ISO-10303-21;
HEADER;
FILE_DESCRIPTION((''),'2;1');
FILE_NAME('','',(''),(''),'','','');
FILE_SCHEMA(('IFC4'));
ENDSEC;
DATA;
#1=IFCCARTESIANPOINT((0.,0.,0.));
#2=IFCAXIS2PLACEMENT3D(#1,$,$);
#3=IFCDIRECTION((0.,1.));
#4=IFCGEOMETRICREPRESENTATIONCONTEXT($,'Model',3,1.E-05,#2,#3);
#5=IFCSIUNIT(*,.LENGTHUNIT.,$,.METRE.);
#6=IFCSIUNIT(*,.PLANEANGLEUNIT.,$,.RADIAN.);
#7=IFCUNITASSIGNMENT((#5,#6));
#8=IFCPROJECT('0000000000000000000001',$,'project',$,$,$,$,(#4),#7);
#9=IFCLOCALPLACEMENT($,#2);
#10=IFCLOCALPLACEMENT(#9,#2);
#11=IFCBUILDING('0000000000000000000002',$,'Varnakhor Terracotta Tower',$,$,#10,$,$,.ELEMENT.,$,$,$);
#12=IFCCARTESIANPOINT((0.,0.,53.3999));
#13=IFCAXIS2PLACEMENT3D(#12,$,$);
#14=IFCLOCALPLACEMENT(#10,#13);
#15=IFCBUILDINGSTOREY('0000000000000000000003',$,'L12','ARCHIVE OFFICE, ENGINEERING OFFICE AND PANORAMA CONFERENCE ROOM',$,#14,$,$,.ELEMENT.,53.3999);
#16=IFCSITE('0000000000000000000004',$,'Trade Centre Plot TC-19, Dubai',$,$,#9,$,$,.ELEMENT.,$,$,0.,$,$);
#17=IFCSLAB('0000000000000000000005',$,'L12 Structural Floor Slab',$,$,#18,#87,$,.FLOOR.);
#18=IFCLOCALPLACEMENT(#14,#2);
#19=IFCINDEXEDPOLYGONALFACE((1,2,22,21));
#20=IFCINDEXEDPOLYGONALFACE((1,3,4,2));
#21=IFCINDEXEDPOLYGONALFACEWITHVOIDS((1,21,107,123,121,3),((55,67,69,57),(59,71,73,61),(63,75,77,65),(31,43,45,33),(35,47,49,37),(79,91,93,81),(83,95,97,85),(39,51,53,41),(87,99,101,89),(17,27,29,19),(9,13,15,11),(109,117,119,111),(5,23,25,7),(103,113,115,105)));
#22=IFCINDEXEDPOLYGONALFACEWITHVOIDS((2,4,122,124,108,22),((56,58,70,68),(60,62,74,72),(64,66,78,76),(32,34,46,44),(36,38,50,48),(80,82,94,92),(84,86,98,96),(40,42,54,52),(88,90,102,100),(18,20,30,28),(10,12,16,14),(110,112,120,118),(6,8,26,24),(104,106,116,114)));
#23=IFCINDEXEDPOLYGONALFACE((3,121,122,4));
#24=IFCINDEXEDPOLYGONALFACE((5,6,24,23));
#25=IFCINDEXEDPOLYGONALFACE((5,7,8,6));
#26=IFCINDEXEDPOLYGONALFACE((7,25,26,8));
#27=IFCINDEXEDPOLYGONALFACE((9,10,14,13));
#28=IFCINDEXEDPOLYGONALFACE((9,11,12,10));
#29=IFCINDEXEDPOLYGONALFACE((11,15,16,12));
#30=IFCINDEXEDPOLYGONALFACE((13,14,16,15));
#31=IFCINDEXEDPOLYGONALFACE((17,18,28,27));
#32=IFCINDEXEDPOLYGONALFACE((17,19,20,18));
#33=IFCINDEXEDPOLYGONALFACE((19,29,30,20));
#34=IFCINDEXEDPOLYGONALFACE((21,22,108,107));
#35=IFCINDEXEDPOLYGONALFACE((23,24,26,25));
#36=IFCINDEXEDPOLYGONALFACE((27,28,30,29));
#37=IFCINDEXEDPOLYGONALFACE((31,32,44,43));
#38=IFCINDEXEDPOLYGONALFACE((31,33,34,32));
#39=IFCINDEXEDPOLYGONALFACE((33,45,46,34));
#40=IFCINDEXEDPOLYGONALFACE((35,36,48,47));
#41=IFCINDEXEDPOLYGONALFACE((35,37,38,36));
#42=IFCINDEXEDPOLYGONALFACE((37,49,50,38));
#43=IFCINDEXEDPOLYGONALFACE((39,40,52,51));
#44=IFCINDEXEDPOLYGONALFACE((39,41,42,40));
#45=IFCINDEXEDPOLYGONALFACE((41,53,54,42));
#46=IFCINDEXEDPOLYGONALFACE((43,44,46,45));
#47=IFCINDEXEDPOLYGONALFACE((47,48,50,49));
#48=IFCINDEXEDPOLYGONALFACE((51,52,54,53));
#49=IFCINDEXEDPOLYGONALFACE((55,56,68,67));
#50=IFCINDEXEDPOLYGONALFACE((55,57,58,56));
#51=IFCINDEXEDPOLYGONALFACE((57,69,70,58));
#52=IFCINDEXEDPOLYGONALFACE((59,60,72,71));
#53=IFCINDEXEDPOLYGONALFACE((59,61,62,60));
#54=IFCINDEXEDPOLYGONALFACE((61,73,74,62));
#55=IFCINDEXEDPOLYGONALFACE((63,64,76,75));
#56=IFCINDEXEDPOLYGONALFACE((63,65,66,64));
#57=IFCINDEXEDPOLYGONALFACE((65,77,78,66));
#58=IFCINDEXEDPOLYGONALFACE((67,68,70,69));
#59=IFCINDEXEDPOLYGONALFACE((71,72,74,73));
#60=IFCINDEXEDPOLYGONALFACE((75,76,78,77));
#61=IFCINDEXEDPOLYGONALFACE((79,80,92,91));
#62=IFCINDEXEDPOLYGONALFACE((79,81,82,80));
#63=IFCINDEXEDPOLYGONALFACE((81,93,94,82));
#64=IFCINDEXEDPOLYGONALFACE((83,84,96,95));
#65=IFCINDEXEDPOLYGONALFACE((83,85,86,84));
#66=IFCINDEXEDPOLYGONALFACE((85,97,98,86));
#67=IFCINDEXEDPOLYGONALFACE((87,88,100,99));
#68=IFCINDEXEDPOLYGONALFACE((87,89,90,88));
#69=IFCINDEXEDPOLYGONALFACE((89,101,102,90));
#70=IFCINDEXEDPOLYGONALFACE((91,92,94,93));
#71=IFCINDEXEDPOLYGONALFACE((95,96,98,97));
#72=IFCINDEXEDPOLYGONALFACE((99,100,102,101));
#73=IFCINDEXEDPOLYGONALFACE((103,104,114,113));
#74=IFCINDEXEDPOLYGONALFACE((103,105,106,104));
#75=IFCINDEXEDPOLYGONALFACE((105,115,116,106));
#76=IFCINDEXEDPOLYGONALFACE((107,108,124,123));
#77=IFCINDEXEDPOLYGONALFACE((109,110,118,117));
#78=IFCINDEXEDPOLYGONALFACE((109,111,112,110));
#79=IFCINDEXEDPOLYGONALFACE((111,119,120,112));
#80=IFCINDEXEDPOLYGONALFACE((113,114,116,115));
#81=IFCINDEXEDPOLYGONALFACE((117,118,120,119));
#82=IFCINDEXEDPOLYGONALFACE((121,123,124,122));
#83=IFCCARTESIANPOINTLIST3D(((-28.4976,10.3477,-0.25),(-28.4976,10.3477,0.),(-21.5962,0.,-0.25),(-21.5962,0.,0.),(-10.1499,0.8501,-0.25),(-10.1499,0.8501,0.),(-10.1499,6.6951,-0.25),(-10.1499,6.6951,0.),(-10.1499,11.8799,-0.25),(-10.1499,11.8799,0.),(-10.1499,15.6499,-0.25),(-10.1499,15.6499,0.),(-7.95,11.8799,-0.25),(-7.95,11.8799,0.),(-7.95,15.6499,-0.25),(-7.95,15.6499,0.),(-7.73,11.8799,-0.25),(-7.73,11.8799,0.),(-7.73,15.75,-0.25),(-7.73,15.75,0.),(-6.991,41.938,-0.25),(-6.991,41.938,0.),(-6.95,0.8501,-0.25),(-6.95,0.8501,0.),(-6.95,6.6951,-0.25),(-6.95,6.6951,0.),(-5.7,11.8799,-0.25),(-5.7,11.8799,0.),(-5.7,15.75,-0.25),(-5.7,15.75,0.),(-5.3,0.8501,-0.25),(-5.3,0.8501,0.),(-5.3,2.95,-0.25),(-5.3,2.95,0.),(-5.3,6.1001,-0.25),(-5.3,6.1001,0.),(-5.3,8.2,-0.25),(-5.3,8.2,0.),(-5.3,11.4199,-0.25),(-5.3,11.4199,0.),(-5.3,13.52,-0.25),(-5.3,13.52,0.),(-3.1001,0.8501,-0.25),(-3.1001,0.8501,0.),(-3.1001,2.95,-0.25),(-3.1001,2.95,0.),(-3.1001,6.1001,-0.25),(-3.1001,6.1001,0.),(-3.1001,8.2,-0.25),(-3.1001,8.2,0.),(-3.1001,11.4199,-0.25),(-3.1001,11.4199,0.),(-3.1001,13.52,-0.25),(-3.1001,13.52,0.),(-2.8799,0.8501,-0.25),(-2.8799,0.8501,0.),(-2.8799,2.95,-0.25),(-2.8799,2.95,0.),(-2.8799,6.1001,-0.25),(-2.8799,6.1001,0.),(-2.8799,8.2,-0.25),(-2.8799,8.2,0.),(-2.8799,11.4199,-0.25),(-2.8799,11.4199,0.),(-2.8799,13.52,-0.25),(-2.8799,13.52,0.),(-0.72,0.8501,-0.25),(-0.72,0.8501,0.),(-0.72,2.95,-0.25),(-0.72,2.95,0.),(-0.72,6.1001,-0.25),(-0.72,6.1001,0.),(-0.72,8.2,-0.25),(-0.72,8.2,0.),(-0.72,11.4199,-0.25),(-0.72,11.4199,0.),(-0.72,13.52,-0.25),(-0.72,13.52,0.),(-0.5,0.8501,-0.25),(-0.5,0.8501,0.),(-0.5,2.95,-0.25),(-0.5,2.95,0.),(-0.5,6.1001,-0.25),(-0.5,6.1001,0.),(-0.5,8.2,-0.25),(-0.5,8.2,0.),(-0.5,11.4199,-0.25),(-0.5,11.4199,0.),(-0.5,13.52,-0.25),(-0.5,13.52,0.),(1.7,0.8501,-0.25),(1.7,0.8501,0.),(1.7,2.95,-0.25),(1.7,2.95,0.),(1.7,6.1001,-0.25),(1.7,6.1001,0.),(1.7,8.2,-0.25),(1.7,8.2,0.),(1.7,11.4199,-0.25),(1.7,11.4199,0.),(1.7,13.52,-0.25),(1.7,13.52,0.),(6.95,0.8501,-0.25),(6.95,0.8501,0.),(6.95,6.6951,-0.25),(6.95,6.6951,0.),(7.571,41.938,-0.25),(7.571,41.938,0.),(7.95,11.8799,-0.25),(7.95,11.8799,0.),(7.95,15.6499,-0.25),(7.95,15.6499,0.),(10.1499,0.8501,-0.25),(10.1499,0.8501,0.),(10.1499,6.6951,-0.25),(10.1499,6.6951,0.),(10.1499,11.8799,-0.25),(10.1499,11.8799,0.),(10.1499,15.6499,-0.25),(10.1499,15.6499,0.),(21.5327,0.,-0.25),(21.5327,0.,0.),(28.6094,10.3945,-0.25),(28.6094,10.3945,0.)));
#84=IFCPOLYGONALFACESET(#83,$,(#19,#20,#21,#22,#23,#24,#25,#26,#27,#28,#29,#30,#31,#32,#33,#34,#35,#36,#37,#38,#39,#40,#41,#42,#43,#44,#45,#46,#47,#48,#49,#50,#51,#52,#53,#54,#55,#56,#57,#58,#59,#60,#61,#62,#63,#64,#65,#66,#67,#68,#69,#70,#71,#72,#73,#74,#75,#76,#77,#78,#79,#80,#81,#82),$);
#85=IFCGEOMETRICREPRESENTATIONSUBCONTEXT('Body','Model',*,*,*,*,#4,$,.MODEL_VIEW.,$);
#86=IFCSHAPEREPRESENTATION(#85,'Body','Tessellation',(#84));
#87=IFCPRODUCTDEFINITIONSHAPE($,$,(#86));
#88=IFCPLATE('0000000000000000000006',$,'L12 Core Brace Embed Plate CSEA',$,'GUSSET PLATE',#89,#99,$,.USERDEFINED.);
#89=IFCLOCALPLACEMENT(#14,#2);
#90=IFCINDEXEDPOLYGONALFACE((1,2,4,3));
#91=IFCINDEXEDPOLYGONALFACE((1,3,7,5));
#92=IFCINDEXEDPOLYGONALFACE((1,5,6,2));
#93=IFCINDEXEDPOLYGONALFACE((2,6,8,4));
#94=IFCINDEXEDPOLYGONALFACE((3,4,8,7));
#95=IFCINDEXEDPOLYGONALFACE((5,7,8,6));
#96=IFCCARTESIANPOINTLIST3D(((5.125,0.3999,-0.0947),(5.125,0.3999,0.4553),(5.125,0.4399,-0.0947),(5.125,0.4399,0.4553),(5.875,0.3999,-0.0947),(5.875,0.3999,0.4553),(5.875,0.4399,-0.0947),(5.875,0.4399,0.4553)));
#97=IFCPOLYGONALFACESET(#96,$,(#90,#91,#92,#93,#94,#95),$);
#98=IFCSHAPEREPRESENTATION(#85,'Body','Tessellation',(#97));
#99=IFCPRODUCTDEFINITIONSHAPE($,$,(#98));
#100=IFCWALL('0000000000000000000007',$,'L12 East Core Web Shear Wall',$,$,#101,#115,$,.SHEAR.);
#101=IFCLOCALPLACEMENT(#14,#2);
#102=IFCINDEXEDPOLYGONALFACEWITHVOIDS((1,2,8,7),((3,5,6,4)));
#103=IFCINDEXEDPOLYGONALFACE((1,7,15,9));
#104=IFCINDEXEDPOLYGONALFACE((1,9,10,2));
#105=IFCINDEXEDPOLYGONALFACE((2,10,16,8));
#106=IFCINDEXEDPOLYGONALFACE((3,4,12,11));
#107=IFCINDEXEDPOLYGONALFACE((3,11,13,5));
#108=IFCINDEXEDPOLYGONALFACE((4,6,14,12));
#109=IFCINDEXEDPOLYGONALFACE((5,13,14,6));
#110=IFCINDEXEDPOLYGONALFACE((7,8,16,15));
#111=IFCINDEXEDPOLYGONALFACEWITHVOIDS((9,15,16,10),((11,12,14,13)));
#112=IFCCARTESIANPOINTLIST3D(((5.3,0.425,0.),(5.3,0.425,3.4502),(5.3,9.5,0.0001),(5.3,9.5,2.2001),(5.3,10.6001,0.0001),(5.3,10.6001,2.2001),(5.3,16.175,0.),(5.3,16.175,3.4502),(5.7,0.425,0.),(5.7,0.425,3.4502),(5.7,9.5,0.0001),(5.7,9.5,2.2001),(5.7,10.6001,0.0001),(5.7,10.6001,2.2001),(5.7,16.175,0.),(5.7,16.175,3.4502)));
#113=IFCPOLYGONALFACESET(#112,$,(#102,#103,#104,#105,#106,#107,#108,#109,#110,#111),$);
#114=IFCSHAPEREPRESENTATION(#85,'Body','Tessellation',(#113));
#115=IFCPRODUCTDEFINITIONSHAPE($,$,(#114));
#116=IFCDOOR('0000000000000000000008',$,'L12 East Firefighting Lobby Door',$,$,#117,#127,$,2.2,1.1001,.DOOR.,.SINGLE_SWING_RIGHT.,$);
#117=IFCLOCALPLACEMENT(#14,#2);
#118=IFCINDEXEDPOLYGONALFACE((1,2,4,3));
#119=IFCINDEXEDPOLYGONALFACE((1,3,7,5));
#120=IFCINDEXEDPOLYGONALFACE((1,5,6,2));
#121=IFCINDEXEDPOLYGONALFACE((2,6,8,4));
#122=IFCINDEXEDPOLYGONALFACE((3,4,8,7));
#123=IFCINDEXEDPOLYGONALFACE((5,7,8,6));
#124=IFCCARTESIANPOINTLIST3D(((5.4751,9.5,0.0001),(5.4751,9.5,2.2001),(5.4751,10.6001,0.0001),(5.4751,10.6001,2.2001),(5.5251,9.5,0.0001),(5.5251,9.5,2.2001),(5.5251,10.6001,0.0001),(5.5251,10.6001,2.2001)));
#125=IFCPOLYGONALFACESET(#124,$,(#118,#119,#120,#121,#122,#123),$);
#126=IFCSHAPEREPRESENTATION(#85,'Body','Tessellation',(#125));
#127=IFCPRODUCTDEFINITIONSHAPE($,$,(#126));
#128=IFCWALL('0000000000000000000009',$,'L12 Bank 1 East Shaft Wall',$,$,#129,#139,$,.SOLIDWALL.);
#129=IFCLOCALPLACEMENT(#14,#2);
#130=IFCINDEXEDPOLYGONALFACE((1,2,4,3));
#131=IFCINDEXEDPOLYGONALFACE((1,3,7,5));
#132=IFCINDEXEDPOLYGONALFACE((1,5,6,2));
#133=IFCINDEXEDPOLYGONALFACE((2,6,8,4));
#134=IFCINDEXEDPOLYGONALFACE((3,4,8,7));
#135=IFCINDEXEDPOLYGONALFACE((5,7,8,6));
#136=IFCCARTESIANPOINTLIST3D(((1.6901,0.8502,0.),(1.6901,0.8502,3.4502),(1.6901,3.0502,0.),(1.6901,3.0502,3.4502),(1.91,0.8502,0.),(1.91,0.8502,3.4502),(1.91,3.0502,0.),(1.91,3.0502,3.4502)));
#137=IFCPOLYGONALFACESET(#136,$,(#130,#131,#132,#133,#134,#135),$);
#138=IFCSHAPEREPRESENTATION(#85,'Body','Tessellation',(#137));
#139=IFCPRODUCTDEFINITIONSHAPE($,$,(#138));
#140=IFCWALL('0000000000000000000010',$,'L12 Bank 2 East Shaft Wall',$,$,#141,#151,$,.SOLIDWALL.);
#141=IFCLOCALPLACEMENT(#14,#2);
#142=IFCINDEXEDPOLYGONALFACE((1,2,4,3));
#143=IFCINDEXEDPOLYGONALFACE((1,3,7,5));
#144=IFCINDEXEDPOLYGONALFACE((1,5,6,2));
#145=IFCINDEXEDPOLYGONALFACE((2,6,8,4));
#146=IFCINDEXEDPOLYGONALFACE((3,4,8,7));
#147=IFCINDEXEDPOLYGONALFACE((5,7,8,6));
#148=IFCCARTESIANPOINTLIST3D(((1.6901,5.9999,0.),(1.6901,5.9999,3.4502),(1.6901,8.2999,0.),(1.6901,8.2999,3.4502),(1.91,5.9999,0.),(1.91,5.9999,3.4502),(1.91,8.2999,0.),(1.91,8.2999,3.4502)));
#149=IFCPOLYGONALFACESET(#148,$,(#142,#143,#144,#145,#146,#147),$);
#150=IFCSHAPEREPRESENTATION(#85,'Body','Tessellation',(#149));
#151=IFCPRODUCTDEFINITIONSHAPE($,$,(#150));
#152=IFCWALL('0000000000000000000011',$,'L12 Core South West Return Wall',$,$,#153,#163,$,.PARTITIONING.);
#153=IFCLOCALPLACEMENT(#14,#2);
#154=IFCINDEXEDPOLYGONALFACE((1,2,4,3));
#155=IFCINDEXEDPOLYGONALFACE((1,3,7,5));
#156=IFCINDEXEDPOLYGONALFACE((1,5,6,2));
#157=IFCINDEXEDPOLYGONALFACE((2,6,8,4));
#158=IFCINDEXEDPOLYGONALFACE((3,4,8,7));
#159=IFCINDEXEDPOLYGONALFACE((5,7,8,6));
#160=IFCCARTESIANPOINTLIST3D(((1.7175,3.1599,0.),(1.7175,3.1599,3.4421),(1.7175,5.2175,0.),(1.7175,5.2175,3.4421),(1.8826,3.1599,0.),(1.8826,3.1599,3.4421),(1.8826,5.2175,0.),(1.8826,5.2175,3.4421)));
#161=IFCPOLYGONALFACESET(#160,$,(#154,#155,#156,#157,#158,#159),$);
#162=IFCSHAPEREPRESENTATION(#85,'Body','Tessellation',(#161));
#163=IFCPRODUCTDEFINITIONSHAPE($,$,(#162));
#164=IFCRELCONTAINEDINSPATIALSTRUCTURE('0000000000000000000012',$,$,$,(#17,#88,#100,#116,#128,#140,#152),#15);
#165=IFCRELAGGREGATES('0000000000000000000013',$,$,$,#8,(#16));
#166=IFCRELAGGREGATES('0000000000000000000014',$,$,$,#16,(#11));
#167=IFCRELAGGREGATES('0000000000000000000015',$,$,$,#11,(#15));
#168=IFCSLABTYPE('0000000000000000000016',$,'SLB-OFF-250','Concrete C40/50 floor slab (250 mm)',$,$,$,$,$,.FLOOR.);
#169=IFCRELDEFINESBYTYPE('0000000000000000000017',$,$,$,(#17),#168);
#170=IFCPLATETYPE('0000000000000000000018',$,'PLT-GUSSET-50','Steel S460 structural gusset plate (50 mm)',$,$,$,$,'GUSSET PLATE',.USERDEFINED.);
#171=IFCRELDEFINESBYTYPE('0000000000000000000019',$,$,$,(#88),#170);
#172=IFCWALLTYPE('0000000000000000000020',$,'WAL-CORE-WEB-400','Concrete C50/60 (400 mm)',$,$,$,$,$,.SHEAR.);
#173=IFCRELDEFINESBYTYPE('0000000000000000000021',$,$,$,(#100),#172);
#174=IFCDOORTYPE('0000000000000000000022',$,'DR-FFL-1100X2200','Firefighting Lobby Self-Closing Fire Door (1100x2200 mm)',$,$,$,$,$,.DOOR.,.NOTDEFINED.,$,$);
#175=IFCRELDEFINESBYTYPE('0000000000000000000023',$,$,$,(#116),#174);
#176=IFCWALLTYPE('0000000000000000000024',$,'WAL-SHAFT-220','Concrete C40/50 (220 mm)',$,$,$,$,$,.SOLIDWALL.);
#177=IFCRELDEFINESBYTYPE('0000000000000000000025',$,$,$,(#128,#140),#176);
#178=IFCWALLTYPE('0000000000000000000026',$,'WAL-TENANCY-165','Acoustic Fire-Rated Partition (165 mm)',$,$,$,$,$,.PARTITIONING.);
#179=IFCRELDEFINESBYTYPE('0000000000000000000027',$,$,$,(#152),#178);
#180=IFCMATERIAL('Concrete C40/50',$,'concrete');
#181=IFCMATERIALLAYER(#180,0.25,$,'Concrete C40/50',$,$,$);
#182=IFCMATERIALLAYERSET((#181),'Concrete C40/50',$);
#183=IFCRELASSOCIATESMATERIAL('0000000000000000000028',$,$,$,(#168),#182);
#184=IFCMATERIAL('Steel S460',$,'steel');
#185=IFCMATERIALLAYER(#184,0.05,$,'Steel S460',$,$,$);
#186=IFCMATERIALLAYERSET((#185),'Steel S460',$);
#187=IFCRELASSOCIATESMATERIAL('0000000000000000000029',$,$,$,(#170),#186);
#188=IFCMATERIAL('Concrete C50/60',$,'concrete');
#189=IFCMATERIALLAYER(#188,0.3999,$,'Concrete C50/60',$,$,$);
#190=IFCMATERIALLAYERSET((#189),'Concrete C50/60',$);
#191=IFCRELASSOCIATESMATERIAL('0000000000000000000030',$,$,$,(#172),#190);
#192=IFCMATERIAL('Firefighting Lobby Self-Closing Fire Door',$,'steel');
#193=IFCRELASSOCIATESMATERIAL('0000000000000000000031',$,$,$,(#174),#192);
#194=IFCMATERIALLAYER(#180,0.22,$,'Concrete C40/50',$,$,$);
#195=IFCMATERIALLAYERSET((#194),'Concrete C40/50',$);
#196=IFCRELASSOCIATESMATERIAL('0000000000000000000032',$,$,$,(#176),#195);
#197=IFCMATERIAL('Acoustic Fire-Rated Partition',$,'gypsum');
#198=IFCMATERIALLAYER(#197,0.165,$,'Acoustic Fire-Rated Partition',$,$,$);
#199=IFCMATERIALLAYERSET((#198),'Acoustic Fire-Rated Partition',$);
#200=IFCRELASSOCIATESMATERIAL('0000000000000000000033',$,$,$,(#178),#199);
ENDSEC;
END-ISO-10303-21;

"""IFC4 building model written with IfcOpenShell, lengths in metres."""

from ifc_helpers import new_model, si_unit, direction, frame, frame_2d, origin, origin_2d, place, context, subcontext, project, spatial, polyline, rectangle, outline, extrude, source, transform, mapped, material, layer, layer_set, type_object, type_shapes, element, fill, save


model = new_model("IFC4")

# Units and contexts
model_context = context("Model", 3, precision=1e-05, world=origin(), true_north=direction((0.0, 1.0)))
body_context = subcontext(model_context, "Body", "Model", "MODEL_VIEW")
ifc_project = project(units=[si_unit("LENGTHUNIT", "METRE"), si_unit("PLANEANGLEUNIT", "RADIAN")], contexts=[model_context])

# Site, building, storey
site_placement = place(None, origin())
site = spatial("IfcSite", under=ifc_project, at=site_placement, Name="Trade Centre Plot TC-19, Dubai", CompositionType="ELEMENT", RefElevation=0.0)
building_placement = place(site_placement, origin())
building = spatial("IfcBuilding", under=site, at=building_placement, Name="Varnakhor Terracotta Tower", CompositionType="ELEMENT")
storey_placement = place(building_placement, frame((0.0, 0.0, 53.3999)))
storey = spatial("IfcBuildingStorey", under=building, at=storey_placement, Name="L12", Description="ARCHIVE OFFICE, ENGINEERING OFFICE AND PANORAMA CONFERENCE ROOM", CompositionType="ELEMENT", Elevation=53.3999)

# Shared definitions
ifc_material_1 = material(Name="Concrete C50/60", Category="concrete")

# Shared definitions
ifc_material_2 = material(Name="Steel S460", Category="steel")

# Shared definitions
ifc_material_3 = material(Name="Concrete C40/50", Category="concrete")

# Slab
ifc_layer_1 = layer(ifc_material_3, 0.25, Name="Concrete C40/50")
ifc_layer_set_1 = layer_set([ifc_layer_1], Name="Concrete C40/50")
slab_type_1 = type_object("IfcSlabType", Name="SLB-OFF-250", Description="Concrete C40/50 floor slab (250 mm)", PredefinedType="FLOOR", material=ifc_layer_set_1)
slab_1_placement = place(storey_placement, frame((0.0, 0.0, -0.25)))
element("IfcSlab", 1, at=slab_1_placement, inside=storey, type_object=slab_type_1, Name="L12 Structural Floor Slab", PredefinedType="FLOOR", context=body_context, shape_type="SweptSolid", body=[
    extrude(outline(polyline([(-28.4976, 10.3477), (-6.991, 41.938), (7.571, 41.938), (28.6094, 10.3945), (21.5327, 0.0), (-21.5962, 0.0), (-28.4976, 10.3477)]), holes=[polyline([(-3.1001, 0.8501), (-3.1001, 2.95), (-5.3, 2.95), (-5.3, 0.8501), (-3.1001, 0.8501)]), polyline([(-2.8799, 0.8501), (-0.72, 0.8501), (-0.72, 2.95), (-2.8799, 2.95), (-2.8799, 0.8501)]), polyline([(-10.1499, 0.8501), (-6.95, 0.8501), (-6.95, 6.6951), (-10.1499, 6.6951), (-10.1499, 0.8501)]), polyline([(-5.3, 6.1001), (-3.1001, 6.1001), (-3.1001, 8.2), (-5.3, 8.2), (-5.3, 6.1001)]), polyline([(-5.3, 11.4199), (-3.1001, 11.4199), (-3.1001, 13.52), (-5.3, 13.52), (-5.3, 11.4199)]), polyline([(-10.1499, 11.8799), (-7.95, 11.8799), (-7.95, 15.6499), (-10.1499, 15.6499), (-10.1499, 11.8799)]), polyline([(-7.73, 11.8799), (-5.7, 11.8799), (-5.7, 15.75), (-7.73, 15.75), (-7.73, 11.8799)]), polyline([(1.7, 0.8501), (1.7, 2.95), (-0.5, 2.95), (-0.5, 0.8501), (1.7, 0.8501)]), polyline([(6.95, 0.8501), (10.1499, 0.8501), (10.1499, 6.6951), (6.95, 6.6951), (6.95, 0.8501)]), polyline([(-2.8799, 6.1001), (-0.72, 6.1001), (-0.72, 8.2), (-2.8799, 8.2), (-2.8799, 6.1001)]), polyline([(-0.5, 6.1001), (1.7, 6.1001), (1.7, 8.2), (-0.5, 8.2), (-0.5, 6.1001)]), polyline([(-2.8799, 11.4199), (-0.72, 11.4199), (-0.72, 13.52), (-2.8799, 13.52), (-2.8799, 11.4199)]), polyline([(-0.5, 11.4199), (1.7, 11.4199), (1.7, 13.52), (-0.5, 13.52), (-0.5, 11.4199)]), polyline([(7.95, 11.8799), (10.1499, 11.8799), (10.1499, 15.6499), (7.95, 15.6499), (7.95, 11.8799)])]), origin(), (0.0, 0.0, 1.0), 0.25),
])

# Plate
ifc_layer_2 = layer(ifc_material_2, 0.05, Name="Steel S460")
ifc_layer_set_2 = layer_set([ifc_layer_2], Name="Steel S460")
plate_type = type_object("IfcPlateType", Name="PLT-GUSSET-50", Description="Steel S460 structural gusset plate (50 mm)", ElementType="GUSSET PLATE", PredefinedType="USERDEFINED", material=ifc_layer_set_2)
shared_shape_1 = source(origin(), body_context, "Body", "SweptSolid", [
    extrude(rectangle(XDim=0.75, YDim=0.04, at=origin_2d()), origin(), (0.0, 0.0, 1.0), 0.55),
])
type_shapes(plate_type, [shared_shape_1])
plate_placement = place(storey_placement, frame((5.5, 0.4199, -0.0947), z_axis=(0.0, 0.0, 1.0), x_axis=(1.0, 0.0, 0.0)))
element("IfcPlate", 2, at=plate_placement, inside=storey, type_object=plate_type, Name="L12 Core Brace Embed Plate CSEA", ObjectType="GUSSET PLATE", PredefinedType="USERDEFINED", context=body_context, shape_type="MappedRepresentation", body=[
    mapped(shared_shape_1, transform((0.0, 0.0, 0.0), scale=1.0)),
])

# Wall, opening, door
ifc_layer_3 = layer(ifc_material_1, 0.3999, Name="Concrete C50/60")
ifc_layer_set_3 = layer_set([ifc_layer_3], Name="Concrete C50/60")
wall_type_1 = type_object("IfcWallType", Name="WAL-CORE-WEB-400", Description="Concrete C50/60 (400 mm)", PredefinedType="SHEAR", material=ifc_layer_set_3)
wall_1_placement = place(storey_placement, frame((5.5, 0.425, 0.0), z_axis=(0.0, 0.0, 1.0), x_axis=(0.0, 1.0, 0.0)))
wall_1 = element("IfcWall", 3, at=wall_1_placement, inside=storey, type_object=wall_type_1, Name="L12 East Core Web Shear Wall", PredefinedType="SHEAR", context=body_context, shape_type="SweptSolid", body=[
    extrude(rectangle(XDim=15.75, YDim=0.3999, at=frame_2d((7.875, 0.0))), origin(), (0.0, 0.0, 1.0), 3.4502),
])
opening_1_placement = place(wall_1_placement, frame((9.075, 0.0, 0.0)))
opening_1 = element("IfcOpeningElement", 4, at=opening_1_placement, cuts=wall_1, PredefinedType="OPENING", context=body_context, shape_type="SweptSolid", body=[
    extrude(rectangle(XDim=1.1001, YDim=2.2, at=frame_2d((0.55, 1.1001))), frame((0.0, 0.21, 0.0), z_axis=(0.0, -1.0, 0.0), x_axis=(1.0, 0.0, 0.0)), (0.0, 0.0, 1.0), 0.4199),
])
ifc_material_4 = material(Name="Firefighting Lobby Self-Closing Fire Door", Category="steel")
door_type_1 = type_object("IfcDoorType", Name="DR-FFL-1100X2200", Description="Firefighting Lobby Self-Closing Fire Door (1100x2200 mm)", OperationType="NOTDEFINED", PredefinedType="DOOR", material=ifc_material_4)
shared_shape_2 = source(origin(), body_context, "Body", "SweptSolid", [
    extrude(rectangle(XDim=1.1001, YDim=2.2, at=frame_2d((0.55, 1.1001))), frame((0.0, 0.0249, 0.0), z_axis=(0.0, -1.0, 0.0), x_axis=(1.0, 0.0, 0.0)), (0.0, 0.0, 1.0), 0.05),
])
type_shapes(door_type_1, [shared_shape_2])
door_1_placement = place(opening_1_placement, origin())
door_1 = element("IfcDoor", 5, at=door_1_placement, inside=storey, type_object=door_type_1, Name="L12 East Firefighting Lobby Door", OperationType="SINGLE_SWING_RIGHT", OverallHeight=2.2, OverallWidth=1.1001, PredefinedType="DOOR", context=body_context, shape_type="MappedRepresentation", body=[
    mapped(shared_shape_2, transform((0.0, 0.0, 0.0), scale=1.0)),
])
fill(opening_1, door_1)

# Walls
ifc_layer_4 = layer(ifc_material_3, 0.22, Name="Concrete C40/50")
ifc_layer_set_4 = layer_set([ifc_layer_4], Name="Concrete C40/50")
wall_type_2 = type_object("IfcWallType", Name="WAL-SHAFT-220", Description="Concrete C40/50 (220 mm)", PredefinedType="SOLIDWALL", material=ifc_layer_set_4)
wall_2_placement = place(storey_placement, frame((1.8, 0.8501, 0.0), z_axis=(0.0, 0.0, 1.0), x_axis=(0.0, 1.0, 0.0)))
element("IfcWall", 6, at=wall_2_placement, inside=storey, type_object=wall_type_2, Name="L12 Bank 1 East Shaft Wall", PredefinedType="SOLIDWALL", context=body_context, shape_type="SweptSolid", body=[
    extrude(rectangle(XDim=2.2, YDim=0.22, at=frame_2d((1.1001, 0.0))), origin(), (0.0, 0.0, 1.0), 3.4502),
])
wall_3_placement = place(storey_placement, frame((1.8, 6.0, 0.0), z_axis=(0.0, 0.0, 1.0), x_axis=(0.0, 1.0, 0.0)))
element("IfcWall", 7, at=wall_3_placement, inside=storey, type_object=wall_type_2, Name="L12 Bank 2 East Shaft Wall", PredefinedType="SOLIDWALL", context=body_context, shape_type="SweptSolid", body=[
    extrude(rectangle(XDim=2.3, YDim=0.22, at=frame_2d((1.1499, 0.0))), origin(), (0.0, 0.0, 1.0), 3.4502),
])
ifc_material_5 = material(Name="Acoustic Fire-Rated Partition", Category="gypsum")
ifc_layer_5 = layer(ifc_material_5, 0.165, Name="Acoustic Fire-Rated Partition")
ifc_layer_set_5 = layer_set([ifc_layer_5], Name="Acoustic Fire-Rated Partition")
wall_type_3 = type_object("IfcWallType", Name="WAL-TENANCY-165", Description="Acoustic Fire-Rated Partition (165 mm)", PredefinedType="PARTITIONING", material=ifc_layer_set_5)
wall_4_placement = place(storey_placement, frame((1.8, 3.1599, 0.0), z_axis=(0.0, 0.0, 1.0), x_axis=(0.0, 1.0, 0.0)))
element("IfcWall", 8, at=wall_4_placement, inside=storey, type_object=wall_type_3, Name="L12 Core South West Return Wall", PredefinedType="PARTITIONING", context=body_context, shape_type="SweptSolid", body=[
    extrude(rectangle(XDim=2.0576, YDim=0.165, at=frame_2d((1.0288, 0.0))), origin(), (0.0, 0.0, 1.0), 3.4421),
])

save(model, "model.ifc")
